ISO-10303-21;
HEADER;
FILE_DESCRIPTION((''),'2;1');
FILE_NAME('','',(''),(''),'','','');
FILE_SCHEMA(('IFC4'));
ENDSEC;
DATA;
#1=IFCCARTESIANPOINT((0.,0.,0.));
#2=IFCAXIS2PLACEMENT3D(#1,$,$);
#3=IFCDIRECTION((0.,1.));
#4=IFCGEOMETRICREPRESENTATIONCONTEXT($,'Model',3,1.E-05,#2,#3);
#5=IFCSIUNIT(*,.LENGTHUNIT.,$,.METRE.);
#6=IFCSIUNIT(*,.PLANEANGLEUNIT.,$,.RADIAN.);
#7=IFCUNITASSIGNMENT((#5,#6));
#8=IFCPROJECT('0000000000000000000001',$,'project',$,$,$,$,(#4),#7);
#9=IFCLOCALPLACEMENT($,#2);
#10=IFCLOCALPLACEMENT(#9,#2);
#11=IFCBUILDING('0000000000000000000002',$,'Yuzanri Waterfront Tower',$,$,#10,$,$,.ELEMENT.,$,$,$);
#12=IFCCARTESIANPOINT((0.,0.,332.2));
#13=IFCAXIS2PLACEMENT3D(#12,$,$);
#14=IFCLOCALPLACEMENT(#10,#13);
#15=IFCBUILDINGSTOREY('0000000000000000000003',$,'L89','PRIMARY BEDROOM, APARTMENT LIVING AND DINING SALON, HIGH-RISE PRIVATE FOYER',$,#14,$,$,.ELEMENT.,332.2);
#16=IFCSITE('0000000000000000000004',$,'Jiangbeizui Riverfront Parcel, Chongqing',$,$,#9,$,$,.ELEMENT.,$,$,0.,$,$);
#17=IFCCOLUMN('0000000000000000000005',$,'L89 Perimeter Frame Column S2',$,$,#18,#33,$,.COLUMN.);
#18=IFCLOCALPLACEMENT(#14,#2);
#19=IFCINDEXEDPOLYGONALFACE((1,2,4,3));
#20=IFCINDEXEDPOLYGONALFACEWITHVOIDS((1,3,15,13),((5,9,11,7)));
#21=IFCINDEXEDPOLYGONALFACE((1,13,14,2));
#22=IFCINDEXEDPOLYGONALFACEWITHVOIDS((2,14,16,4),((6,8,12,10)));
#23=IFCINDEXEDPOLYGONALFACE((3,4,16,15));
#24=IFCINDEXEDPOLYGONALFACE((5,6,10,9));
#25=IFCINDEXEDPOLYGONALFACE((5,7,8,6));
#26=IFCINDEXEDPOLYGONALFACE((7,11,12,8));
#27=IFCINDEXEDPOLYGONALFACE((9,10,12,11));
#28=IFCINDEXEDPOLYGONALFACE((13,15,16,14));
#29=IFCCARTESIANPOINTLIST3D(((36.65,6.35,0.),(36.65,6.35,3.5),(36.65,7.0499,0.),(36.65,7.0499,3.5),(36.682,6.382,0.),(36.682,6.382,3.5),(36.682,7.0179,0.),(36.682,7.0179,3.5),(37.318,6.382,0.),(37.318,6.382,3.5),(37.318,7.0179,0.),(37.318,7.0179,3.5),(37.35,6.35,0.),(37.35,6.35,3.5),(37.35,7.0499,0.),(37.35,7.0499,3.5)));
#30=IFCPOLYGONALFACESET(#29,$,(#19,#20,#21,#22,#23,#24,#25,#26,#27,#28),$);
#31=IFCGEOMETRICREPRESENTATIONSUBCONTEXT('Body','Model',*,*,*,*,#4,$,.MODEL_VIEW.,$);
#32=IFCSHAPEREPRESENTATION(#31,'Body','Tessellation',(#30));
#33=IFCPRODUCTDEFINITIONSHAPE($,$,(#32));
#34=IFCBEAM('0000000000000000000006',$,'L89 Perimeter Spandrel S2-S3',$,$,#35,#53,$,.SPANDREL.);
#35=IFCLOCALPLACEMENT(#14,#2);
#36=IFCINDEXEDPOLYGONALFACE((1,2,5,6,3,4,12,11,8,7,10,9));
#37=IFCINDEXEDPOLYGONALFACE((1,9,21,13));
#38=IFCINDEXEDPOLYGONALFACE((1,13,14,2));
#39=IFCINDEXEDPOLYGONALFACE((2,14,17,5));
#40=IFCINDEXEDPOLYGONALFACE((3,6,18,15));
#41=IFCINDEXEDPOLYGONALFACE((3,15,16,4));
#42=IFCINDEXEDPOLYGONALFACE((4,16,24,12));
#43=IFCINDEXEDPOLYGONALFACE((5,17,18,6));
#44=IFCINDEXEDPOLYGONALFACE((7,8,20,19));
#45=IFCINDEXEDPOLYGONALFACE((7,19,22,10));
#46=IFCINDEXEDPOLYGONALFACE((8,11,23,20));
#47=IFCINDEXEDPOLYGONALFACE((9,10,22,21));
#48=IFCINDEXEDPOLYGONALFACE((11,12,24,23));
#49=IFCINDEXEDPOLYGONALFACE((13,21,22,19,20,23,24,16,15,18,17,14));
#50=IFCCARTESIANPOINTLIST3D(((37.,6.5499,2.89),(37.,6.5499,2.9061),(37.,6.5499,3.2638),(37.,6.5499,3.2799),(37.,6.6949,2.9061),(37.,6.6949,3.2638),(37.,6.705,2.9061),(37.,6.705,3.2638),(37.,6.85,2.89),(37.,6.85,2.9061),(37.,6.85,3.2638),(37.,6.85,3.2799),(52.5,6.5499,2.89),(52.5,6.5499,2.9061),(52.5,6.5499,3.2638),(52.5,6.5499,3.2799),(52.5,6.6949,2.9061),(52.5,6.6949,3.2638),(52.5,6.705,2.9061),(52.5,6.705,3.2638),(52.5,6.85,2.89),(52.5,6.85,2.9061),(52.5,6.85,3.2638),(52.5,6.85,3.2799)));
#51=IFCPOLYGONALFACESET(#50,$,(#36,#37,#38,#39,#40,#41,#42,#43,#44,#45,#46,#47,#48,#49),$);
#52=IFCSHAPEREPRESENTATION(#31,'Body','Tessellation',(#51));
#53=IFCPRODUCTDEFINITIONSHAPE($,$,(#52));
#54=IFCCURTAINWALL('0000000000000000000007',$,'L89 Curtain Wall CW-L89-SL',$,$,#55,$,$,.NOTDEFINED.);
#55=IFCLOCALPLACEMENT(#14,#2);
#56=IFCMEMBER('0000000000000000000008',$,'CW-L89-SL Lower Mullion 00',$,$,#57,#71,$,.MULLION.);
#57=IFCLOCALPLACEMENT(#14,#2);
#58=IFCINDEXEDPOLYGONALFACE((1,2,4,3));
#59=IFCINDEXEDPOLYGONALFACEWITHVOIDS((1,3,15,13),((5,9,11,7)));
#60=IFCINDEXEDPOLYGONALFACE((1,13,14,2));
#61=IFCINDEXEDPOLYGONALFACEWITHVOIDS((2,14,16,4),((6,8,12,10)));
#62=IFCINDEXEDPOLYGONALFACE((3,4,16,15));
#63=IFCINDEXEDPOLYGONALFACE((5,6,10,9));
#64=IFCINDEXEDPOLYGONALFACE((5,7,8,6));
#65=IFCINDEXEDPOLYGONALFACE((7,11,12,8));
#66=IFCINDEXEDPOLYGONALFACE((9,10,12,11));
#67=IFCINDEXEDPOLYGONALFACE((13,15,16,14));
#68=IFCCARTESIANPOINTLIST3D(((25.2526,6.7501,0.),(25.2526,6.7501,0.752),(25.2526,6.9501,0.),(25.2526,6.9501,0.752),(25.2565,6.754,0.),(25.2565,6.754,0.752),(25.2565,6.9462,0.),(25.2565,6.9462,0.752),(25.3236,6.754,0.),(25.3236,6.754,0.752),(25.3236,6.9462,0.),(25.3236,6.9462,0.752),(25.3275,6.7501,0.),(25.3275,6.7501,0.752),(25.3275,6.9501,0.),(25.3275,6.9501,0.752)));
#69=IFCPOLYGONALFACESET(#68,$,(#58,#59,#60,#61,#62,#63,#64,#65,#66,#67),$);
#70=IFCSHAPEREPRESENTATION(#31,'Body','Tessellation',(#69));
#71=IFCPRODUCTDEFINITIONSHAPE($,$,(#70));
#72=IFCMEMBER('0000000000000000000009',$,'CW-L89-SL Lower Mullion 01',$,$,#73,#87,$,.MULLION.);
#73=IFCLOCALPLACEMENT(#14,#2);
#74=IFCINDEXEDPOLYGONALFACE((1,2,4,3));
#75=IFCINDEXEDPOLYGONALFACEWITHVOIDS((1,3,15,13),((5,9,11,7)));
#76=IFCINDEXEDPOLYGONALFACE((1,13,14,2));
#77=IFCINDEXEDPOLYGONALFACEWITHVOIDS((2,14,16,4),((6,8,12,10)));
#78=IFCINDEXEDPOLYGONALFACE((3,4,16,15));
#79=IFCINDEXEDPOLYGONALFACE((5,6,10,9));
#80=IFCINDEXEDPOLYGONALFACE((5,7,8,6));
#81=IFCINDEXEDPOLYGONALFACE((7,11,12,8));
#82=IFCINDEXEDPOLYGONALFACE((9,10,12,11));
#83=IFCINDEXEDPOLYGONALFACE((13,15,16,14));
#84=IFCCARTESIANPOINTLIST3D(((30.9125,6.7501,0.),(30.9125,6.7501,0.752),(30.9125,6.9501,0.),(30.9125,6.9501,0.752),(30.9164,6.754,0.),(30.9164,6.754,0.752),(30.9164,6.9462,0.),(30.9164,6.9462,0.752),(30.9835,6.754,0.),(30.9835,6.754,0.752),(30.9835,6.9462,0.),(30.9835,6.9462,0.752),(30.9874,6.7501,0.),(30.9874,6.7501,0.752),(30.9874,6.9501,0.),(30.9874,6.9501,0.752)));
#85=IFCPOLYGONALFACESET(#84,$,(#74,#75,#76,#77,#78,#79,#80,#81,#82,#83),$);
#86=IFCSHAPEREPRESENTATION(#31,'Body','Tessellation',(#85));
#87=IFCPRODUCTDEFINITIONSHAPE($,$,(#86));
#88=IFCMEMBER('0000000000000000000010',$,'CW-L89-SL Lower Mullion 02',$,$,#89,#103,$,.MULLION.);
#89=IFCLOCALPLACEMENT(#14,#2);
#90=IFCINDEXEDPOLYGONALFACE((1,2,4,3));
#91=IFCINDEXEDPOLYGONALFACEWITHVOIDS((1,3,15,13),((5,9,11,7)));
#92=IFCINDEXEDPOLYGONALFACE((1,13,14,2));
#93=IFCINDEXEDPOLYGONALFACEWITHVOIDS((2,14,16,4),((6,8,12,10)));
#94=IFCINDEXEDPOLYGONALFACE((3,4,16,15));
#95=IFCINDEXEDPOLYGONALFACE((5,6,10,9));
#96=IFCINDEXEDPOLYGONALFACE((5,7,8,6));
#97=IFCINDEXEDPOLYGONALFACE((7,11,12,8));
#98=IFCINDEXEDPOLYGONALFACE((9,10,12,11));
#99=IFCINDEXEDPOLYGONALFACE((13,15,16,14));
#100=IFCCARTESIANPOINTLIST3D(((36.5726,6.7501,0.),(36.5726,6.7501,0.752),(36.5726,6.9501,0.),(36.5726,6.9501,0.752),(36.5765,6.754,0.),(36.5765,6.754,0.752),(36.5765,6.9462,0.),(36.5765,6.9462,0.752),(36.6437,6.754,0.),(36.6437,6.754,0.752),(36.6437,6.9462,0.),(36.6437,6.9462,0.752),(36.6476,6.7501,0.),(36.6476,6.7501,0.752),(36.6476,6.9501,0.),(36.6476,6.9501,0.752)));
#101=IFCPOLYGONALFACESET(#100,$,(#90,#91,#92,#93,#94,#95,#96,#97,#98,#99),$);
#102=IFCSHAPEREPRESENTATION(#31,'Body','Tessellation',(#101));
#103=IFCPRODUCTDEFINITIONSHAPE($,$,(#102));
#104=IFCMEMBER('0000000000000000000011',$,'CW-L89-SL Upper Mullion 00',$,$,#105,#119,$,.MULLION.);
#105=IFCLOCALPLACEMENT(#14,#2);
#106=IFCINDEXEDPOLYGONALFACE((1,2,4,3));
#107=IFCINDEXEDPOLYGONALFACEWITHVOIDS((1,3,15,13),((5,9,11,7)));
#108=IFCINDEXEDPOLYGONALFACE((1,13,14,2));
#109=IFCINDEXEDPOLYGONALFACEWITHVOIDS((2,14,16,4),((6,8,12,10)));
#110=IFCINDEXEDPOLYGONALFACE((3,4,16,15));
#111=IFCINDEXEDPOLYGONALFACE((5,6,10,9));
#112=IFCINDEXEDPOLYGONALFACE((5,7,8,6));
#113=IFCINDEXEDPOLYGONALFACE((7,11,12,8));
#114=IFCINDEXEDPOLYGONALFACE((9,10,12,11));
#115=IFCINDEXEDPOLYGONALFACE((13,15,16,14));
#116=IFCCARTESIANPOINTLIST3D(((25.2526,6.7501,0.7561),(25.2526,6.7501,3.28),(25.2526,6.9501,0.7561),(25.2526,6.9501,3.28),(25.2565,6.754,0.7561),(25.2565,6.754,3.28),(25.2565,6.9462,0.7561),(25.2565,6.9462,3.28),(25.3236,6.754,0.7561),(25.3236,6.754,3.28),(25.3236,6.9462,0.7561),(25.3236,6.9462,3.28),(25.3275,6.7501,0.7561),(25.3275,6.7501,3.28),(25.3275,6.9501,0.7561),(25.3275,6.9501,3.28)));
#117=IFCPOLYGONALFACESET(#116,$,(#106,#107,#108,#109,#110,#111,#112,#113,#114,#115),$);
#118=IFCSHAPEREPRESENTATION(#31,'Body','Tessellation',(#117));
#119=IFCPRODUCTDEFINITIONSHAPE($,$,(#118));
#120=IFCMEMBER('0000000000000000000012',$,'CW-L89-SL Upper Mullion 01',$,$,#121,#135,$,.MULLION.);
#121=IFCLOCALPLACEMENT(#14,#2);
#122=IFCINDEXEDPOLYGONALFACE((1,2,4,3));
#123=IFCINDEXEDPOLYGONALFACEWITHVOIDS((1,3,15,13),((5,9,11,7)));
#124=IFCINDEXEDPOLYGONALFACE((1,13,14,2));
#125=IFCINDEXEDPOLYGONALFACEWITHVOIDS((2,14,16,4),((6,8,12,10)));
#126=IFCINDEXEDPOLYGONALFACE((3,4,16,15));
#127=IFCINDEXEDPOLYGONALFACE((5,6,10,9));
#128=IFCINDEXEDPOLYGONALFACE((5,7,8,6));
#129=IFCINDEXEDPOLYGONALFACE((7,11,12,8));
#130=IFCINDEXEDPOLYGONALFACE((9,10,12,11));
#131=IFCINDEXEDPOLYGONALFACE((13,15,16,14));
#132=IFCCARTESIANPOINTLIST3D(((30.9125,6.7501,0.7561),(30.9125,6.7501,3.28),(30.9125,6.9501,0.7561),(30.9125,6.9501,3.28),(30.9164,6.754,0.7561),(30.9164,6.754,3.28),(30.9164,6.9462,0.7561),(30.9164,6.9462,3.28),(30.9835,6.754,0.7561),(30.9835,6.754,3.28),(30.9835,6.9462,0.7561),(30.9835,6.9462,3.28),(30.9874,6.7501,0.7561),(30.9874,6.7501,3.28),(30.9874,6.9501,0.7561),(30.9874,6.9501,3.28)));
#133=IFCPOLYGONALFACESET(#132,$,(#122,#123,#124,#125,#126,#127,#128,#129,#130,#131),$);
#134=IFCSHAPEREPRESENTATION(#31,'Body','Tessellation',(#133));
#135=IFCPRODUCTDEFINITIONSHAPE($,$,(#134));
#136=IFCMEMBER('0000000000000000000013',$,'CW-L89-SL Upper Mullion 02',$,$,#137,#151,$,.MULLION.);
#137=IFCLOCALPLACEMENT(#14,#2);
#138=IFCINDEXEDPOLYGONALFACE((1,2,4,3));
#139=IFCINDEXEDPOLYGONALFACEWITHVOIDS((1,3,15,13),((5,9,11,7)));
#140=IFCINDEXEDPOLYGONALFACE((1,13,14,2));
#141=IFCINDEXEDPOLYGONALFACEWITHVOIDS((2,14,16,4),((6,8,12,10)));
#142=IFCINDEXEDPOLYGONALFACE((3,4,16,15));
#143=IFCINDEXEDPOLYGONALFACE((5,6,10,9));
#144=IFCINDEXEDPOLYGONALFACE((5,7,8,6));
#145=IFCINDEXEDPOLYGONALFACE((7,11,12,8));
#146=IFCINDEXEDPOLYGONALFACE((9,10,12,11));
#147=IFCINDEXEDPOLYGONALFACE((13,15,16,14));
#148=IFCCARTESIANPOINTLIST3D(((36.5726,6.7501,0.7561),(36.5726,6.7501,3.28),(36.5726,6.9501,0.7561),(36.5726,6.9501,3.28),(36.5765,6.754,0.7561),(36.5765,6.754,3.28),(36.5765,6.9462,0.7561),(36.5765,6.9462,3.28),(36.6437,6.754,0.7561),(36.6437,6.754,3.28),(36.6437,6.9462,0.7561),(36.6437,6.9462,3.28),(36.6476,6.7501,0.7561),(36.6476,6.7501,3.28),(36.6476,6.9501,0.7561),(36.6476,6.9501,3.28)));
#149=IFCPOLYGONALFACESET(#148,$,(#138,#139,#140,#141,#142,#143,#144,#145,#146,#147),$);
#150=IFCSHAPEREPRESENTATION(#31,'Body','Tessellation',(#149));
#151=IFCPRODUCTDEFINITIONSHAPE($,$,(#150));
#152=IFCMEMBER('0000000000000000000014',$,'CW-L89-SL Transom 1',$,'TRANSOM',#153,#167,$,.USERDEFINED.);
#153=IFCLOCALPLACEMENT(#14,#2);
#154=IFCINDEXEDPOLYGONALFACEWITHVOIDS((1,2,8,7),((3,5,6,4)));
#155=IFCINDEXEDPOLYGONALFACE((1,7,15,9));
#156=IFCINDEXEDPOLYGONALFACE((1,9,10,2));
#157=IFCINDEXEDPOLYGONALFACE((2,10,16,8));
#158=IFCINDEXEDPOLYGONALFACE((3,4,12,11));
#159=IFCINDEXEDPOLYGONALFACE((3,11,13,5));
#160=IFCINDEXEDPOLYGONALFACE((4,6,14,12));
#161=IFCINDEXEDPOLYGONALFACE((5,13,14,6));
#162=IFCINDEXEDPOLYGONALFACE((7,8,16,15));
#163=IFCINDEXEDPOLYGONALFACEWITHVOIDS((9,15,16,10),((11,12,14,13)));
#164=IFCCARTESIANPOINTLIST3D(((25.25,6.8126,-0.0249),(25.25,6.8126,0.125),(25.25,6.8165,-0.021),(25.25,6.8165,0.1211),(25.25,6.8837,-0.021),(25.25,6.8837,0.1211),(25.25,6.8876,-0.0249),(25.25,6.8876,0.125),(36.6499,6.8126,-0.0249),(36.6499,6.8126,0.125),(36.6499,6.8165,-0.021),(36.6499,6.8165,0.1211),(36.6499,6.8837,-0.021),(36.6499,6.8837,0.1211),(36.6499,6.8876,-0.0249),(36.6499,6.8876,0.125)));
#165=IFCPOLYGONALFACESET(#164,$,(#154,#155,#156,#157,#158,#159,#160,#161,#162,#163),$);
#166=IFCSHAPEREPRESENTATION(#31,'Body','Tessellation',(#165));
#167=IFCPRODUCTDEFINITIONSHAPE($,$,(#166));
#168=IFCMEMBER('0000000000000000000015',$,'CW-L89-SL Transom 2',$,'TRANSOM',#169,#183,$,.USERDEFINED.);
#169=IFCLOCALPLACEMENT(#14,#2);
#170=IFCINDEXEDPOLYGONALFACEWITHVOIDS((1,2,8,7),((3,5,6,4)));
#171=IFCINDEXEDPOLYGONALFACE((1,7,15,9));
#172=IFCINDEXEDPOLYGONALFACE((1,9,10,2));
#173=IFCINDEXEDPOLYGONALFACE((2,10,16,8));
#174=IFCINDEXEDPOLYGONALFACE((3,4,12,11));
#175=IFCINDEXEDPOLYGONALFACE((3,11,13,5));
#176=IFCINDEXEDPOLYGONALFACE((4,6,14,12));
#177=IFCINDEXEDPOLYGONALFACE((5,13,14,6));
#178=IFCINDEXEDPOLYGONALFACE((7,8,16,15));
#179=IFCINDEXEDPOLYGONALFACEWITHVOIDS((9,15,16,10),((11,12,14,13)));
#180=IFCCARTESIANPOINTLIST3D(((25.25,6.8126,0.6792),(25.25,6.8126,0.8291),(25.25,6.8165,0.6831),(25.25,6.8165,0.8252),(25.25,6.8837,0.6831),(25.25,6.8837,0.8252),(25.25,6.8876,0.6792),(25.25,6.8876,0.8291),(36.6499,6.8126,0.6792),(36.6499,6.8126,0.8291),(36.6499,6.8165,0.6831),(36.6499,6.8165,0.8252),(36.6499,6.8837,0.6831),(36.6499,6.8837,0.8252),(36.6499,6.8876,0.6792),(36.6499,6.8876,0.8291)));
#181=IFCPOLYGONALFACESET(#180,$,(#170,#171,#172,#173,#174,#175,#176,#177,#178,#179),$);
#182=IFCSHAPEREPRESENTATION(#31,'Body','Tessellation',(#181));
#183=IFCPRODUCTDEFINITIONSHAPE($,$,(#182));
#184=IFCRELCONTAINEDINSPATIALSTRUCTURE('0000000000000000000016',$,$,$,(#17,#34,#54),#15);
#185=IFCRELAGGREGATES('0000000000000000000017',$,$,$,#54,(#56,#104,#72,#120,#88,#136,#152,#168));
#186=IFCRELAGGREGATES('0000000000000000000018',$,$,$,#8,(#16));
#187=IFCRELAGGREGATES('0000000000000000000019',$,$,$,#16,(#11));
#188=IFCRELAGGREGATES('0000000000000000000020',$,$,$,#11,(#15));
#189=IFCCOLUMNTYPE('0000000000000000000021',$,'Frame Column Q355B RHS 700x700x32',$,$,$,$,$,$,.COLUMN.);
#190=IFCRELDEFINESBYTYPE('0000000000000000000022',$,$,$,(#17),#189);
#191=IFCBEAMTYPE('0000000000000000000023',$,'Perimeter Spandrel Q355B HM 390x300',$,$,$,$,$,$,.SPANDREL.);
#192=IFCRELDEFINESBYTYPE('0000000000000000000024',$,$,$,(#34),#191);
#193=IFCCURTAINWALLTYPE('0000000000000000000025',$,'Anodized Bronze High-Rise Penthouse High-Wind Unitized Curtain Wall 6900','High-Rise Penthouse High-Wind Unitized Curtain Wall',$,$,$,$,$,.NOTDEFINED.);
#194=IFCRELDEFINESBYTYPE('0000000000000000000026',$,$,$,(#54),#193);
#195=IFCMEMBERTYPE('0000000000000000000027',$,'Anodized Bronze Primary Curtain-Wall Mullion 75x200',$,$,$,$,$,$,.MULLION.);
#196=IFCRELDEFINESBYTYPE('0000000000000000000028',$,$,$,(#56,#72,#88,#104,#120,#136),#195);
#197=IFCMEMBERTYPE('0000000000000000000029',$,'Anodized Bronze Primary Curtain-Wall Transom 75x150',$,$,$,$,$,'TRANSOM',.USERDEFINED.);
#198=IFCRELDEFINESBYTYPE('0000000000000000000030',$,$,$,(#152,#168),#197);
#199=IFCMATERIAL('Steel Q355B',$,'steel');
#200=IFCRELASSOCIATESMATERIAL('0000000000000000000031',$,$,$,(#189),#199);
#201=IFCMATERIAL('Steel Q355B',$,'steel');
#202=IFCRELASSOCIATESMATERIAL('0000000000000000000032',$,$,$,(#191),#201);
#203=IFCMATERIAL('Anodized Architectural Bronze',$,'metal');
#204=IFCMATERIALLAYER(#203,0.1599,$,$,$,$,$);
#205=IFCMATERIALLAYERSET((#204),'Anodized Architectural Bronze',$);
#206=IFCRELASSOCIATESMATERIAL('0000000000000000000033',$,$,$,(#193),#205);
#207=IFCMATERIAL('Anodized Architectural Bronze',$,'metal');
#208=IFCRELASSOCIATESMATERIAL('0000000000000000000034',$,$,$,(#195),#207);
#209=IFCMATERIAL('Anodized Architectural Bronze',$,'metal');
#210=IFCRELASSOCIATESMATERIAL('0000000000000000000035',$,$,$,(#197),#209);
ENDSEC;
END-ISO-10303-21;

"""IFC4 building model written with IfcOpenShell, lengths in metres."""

from ifc_helpers import new_model, si_unit, direction, frame, origin, origin_2d, place, context, subcontext, project, spatial, hollow_rectangle, i_section, extrude, source, transform, mapped, material, layer, layer_set, material_profile, profile_set, type_object, element, aggregate, save


model = new_model("IFC4")

# Units and contexts
model_context = context("Model", 3, precision=1e-05, world=origin(), true_north=direction((0.0, 1.0)))
body_context = subcontext(model_context, "Body", "Model", "MODEL_VIEW")
ifc_project = project(units=[si_unit("LENGTHUNIT", "METRE"), si_unit("PLANEANGLEUNIT", "RADIAN")], contexts=[model_context])

# Site, building, storey
site_placement = place(None, origin())
site = spatial("IfcSite", under=ifc_project, at=site_placement, Name="Jiangbeizui Riverfront Parcel, Chongqing", CompositionType="ELEMENT", RefElevation=0.0)
building_placement = place(site_placement, origin())
building = spatial("IfcBuilding", under=site, at=building_placement, Name="Yuzanri Waterfront Tower", CompositionType="ELEMENT")
storey_placement = place(building_placement, frame((0.0, 0.0, 332.2)))
storey = spatial("IfcBuildingStorey", under=building, at=storey_placement, Name="L89", Description="PRIMARY BEDROOM, APARTMENT LIVING AND DINING SALON, HIGH-RISE PRIVATE FOYER", CompositionType="ELEMENT", Elevation=332.2)

# Column
ifc_material_1 = material(Name="Steel Q355B", Category="steel")
ifc_material_profile_1 = material_profile(ifc_material_1, hollow_rectangle(XDim=0.7, YDim=0.7, WallThickness=0.032, at=origin_2d()), Name="RHS 700x700x32")
ifc_profile_set_1 = profile_set([ifc_material_profile_1], Name="Steel Q355B")
column_type = type_object("IfcColumnType", Name="Frame Column Q355B RHS 700x700x32", PredefinedType="COLUMN", material=ifc_profile_set_1)
shared_shape_1 = source(origin(), body_context, "Body", "SweptSolid", [
    extrude(hollow_rectangle(XDim=0.7, YDim=0.7, WallThickness=0.032, at=origin_2d()), origin(), (0.0, 0.0, 1.0), 3.5),
])
column_placement = place(storey_placement, frame((37.0, 6.7, 0.0), z_axis=(0.0, 0.0, 1.0), x_axis=(1.0, 0.0, 0.0)))
element("IfcColumn", 1, at=column_placement, inside=storey, type_object=column_type, Name="L89 Perimeter Frame Column S2", PredefinedType="COLUMN", context=body_context, shape_type="MappedRepresentation", body=[
    mapped(shared_shape_1, transform((0.0, 0.0, 0.0), scale=1.0)),
])

# Beam
ifc_material_2 = material(Name="Steel Q355B", Category="steel")
ifc_material_profile_2 = material_profile(ifc_material_2, i_section(OverallWidth=0.3, OverallDepth=0.3899, WebThickness=0.01, FlangeThickness=0.0161, at=origin_2d()), Name="HM 390x300x10x16")
ifc_profile_set_2 = profile_set([ifc_material_profile_2], Name="Steel Q355B")
beam_type = type_object("IfcBeamType", Name="Perimeter Spandrel Q355B HM 390x300", PredefinedType="SPANDREL", material=ifc_profile_set_2)
shared_shape_2 = source(origin(), body_context, "Body", "SweptSolid", [
    extrude(i_section(OverallWidth=0.3, OverallDepth=0.3899, WebThickness=0.01, FlangeThickness=0.0161, at=origin_2d()), origin(), (0.0, 0.0, 1.0), 15.5),
])
beam_placement = place(storey_placement, frame((37.0, 6.7, 3.085), z_axis=(1.0, 0.0, 0.0), x_axis=(0.0, 1.0, 0.0)))
element("IfcBeam", 2, at=beam_placement, inside=storey, type_object=beam_type, Name="L89 Perimeter Spandrel S2-S3", PredefinedType="SPANDREL", context=body_context, shape_type="MappedRepresentation", body=[
    mapped(shared_shape_2, transform((0.0, 0.0, 0.0), scale=1.0)),
])

# Curtain wall, members
ifc_material_3 = material(Name="Anodized Architectural Bronze", Category="metal")
ifc_layer_1 = layer(ifc_material_3, 0.1599)
ifc_layer_set_1 = layer_set([ifc_layer_1], Name="Anodized Architectural Bronze")
curtain_wall_type = type_object("IfcCurtainWallType", Name="Anodized Bronze High-Rise Penthouse High-Wind Unitized Curtain Wall 6900", Description="High-Rise Penthouse High-Wind Unitized Curtain Wall", PredefinedType="NOTDEFINED", material=ifc_layer_set_1)
curtain_wall_placement = place(storey_placement, origin())
curtain_wall = element("IfcCurtainWall", 3, at=curtain_wall_placement, inside=storey, type_object=curtain_wall_type, Name="L89 Curtain Wall CW-L89-SL", PredefinedType="NOTDEFINED")
ifc_material_4 = material(Name="Anodized Architectural Bronze", Category="metal")
ifc_material_profile_3 = material_profile(ifc_material_4, hollow_rectangle(XDim=0.075, YDim=0.2, WallThickness=0.0039, at=origin_2d()), Name="CWM 75x200")
ifc_profile_set_3 = profile_set([ifc_material_profile_3], Name="Anodized Architectural Bronze")
member_type_1 = type_object("IfcMemberType", Name="Anodized Bronze Primary Curtain-Wall Mullion 75x200", PredefinedType="MULLION", material=ifc_profile_set_3)
shared_shape_3 = source(origin(), body_context, "Body", "SweptSolid", [
    extrude(hollow_rectangle(XDim=0.075, YDim=0.2, WallThickness=0.0039, at=origin_2d()), origin(), (0.0, 0.0, 1.0), 0.752),
])
member_1_placement = place(storey_placement, frame((25.29, 6.8501, 0.0), z_axis=(0.0, 0.0, 1.0), x_axis=(1.0, 0.0, 0.0)))
member_1 = element("IfcMember", 4, at=member_1_placement, type_object=member_type_1, Name="CW-L89-SL Lower Mullion 00", PredefinedType="MULLION", context=body_context, shape_type="MappedRepresentation", body=[
    mapped(shared_shape_3, transform((0.0, 0.0, 0.0), scale=1.0)),
])
member_2_placement = place(storey_placement, frame((30.95, 6.8501, 0.0), z_axis=(0.0, 0.0, 1.0), x_axis=(1.0, 0.0, 0.0)))
member_2 = element("IfcMember", 5, at=member_2_placement, type_object=member_type_1, Name="CW-L89-SL Lower Mullion 01", PredefinedType="MULLION", context=body_context, shape_type="MappedRepresentation", body=[
    mapped(shared_shape_3, transform((0.0, 0.0, 0.0), scale=1.0)),
])
member_3_placement = place(storey_placement, frame((36.6101, 6.8501, 0.0), z_axis=(0.0, 0.0, 1.0), x_axis=(1.0, 0.0, 0.0)))
member_3 = element("IfcMember", 6, at=member_3_placement, type_object=member_type_1, Name="CW-L89-SL Lower Mullion 02", PredefinedType="MULLION", context=body_context, shape_type="MappedRepresentation", body=[
    mapped(shared_shape_3, transform((0.0, 0.0, 0.0), scale=1.0)),
])
shared_shape_4 = source(origin(), body_context, "Body", "SweptSolid", [
    extrude(hollow_rectangle(XDim=0.075, YDim=0.2, WallThickness=0.0039, at=origin_2d()), origin(), (0.0, 0.0, 1.0), 2.5239),
])
member_4_placement = place(storey_placement, frame((25.29, 6.8501, 0.7561), z_axis=(0.0, 0.0, 1.0), x_axis=(1.0, 0.0, 0.0)))
member_4 = element("IfcMember", 7, at=member_4_placement, type_object=member_type_1, Name="CW-L89-SL Upper Mullion 00", PredefinedType="MULLION", context=body_context, shape_type="MappedRepresentation", body=[
    mapped(shared_shape_4, transform((0.0, 0.0, 0.0), scale=1.0)),
])
member_5_placement = place(storey_placement, frame((30.95, 6.8501, 0.7561), z_axis=(0.0, 0.0, 1.0), x_axis=(1.0, 0.0, 0.0)))
member_5 = element("IfcMember", 8, at=member_5_placement, type_object=member_type_1, Name="CW-L89-SL Upper Mullion 01", PredefinedType="MULLION", context=body_context, shape_type="MappedRepresentation", body=[
    mapped(shared_shape_4, transform((0.0, 0.0, 0.0), scale=1.0)),
])
member_6_placement = place(storey_placement, frame((36.6101, 6.8501, 0.7561), z_axis=(0.0, 0.0, 1.0), x_axis=(1.0, 0.0, 0.0)))
member_6 = element("IfcMember", 9, at=member_6_placement, type_object=member_type_1, Name="CW-L89-SL Upper Mullion 02", PredefinedType="MULLION", context=body_context, shape_type="MappedRepresentation", body=[
    mapped(shared_shape_4, transform((0.0, 0.0, 0.0), scale=1.0)),
])
ifc_material_5 = material(Name="Anodized Architectural Bronze", Category="metal")
ifc_material_profile_4 = material_profile(ifc_material_5, hollow_rectangle(XDim=0.075, YDim=0.1499, WallThickness=0.0039, at=origin_2d()), Name="CWT 75x150")
ifc_profile_set_4 = profile_set([ifc_material_profile_4], Name="Anodized Architectural Bronze")
member_type_2 = type_object("IfcMemberType", Name="Anodized Bronze Primary Curtain-Wall Transom 75x150", ElementType="TRANSOM", PredefinedType="USERDEFINED", material=ifc_profile_set_4)
shared_shape_5 = source(origin(), body_context, "Body", "SweptSolid", [
    extrude(hollow_rectangle(XDim=0.075, YDim=0.1499, WallThickness=0.0039, at=origin_2d()), origin(), (0.0, 0.0, 1.0), 11.3999),
])
member_7_placement = place(storey_placement, frame((25.25, 6.8501, 0.05), z_axis=(1.0, 0.0, 0.0), x_axis=(0.0, 1.0, 0.0)))
member_7 = element("IfcMember", 10, at=member_7_placement, type_object=member_type_2, Name="CW-L89-SL Transom 1", ObjectType="TRANSOM", PredefinedType="USERDEFINED", context=body_context, shape_type="MappedRepresentation", body=[
    mapped(shared_shape_5, transform((0.0, 0.0, 0.0), scale=1.0)),
])
member_8_placement = place(storey_placement, frame((25.25, 6.8501, 0.7542), z_axis=(1.0, 0.0, 0.0), x_axis=(0.0, 1.0, 0.0)))
member_8 = element("IfcMember", 11, at=member_8_placement, type_object=member_type_2, Name="CW-L89-SL Transom 2", ObjectType="TRANSOM", PredefinedType="USERDEFINED", context=body_context, shape_type="MappedRepresentation", body=[
    mapped(shared_shape_5, transform((0.0, 0.0, 0.0), scale=1.0)),
])

aggregate(curtain_wall, [member_1, member_4, member_2, member_5, member_3, member_6, member_7, member_8])

save(model, "model.ifc")
